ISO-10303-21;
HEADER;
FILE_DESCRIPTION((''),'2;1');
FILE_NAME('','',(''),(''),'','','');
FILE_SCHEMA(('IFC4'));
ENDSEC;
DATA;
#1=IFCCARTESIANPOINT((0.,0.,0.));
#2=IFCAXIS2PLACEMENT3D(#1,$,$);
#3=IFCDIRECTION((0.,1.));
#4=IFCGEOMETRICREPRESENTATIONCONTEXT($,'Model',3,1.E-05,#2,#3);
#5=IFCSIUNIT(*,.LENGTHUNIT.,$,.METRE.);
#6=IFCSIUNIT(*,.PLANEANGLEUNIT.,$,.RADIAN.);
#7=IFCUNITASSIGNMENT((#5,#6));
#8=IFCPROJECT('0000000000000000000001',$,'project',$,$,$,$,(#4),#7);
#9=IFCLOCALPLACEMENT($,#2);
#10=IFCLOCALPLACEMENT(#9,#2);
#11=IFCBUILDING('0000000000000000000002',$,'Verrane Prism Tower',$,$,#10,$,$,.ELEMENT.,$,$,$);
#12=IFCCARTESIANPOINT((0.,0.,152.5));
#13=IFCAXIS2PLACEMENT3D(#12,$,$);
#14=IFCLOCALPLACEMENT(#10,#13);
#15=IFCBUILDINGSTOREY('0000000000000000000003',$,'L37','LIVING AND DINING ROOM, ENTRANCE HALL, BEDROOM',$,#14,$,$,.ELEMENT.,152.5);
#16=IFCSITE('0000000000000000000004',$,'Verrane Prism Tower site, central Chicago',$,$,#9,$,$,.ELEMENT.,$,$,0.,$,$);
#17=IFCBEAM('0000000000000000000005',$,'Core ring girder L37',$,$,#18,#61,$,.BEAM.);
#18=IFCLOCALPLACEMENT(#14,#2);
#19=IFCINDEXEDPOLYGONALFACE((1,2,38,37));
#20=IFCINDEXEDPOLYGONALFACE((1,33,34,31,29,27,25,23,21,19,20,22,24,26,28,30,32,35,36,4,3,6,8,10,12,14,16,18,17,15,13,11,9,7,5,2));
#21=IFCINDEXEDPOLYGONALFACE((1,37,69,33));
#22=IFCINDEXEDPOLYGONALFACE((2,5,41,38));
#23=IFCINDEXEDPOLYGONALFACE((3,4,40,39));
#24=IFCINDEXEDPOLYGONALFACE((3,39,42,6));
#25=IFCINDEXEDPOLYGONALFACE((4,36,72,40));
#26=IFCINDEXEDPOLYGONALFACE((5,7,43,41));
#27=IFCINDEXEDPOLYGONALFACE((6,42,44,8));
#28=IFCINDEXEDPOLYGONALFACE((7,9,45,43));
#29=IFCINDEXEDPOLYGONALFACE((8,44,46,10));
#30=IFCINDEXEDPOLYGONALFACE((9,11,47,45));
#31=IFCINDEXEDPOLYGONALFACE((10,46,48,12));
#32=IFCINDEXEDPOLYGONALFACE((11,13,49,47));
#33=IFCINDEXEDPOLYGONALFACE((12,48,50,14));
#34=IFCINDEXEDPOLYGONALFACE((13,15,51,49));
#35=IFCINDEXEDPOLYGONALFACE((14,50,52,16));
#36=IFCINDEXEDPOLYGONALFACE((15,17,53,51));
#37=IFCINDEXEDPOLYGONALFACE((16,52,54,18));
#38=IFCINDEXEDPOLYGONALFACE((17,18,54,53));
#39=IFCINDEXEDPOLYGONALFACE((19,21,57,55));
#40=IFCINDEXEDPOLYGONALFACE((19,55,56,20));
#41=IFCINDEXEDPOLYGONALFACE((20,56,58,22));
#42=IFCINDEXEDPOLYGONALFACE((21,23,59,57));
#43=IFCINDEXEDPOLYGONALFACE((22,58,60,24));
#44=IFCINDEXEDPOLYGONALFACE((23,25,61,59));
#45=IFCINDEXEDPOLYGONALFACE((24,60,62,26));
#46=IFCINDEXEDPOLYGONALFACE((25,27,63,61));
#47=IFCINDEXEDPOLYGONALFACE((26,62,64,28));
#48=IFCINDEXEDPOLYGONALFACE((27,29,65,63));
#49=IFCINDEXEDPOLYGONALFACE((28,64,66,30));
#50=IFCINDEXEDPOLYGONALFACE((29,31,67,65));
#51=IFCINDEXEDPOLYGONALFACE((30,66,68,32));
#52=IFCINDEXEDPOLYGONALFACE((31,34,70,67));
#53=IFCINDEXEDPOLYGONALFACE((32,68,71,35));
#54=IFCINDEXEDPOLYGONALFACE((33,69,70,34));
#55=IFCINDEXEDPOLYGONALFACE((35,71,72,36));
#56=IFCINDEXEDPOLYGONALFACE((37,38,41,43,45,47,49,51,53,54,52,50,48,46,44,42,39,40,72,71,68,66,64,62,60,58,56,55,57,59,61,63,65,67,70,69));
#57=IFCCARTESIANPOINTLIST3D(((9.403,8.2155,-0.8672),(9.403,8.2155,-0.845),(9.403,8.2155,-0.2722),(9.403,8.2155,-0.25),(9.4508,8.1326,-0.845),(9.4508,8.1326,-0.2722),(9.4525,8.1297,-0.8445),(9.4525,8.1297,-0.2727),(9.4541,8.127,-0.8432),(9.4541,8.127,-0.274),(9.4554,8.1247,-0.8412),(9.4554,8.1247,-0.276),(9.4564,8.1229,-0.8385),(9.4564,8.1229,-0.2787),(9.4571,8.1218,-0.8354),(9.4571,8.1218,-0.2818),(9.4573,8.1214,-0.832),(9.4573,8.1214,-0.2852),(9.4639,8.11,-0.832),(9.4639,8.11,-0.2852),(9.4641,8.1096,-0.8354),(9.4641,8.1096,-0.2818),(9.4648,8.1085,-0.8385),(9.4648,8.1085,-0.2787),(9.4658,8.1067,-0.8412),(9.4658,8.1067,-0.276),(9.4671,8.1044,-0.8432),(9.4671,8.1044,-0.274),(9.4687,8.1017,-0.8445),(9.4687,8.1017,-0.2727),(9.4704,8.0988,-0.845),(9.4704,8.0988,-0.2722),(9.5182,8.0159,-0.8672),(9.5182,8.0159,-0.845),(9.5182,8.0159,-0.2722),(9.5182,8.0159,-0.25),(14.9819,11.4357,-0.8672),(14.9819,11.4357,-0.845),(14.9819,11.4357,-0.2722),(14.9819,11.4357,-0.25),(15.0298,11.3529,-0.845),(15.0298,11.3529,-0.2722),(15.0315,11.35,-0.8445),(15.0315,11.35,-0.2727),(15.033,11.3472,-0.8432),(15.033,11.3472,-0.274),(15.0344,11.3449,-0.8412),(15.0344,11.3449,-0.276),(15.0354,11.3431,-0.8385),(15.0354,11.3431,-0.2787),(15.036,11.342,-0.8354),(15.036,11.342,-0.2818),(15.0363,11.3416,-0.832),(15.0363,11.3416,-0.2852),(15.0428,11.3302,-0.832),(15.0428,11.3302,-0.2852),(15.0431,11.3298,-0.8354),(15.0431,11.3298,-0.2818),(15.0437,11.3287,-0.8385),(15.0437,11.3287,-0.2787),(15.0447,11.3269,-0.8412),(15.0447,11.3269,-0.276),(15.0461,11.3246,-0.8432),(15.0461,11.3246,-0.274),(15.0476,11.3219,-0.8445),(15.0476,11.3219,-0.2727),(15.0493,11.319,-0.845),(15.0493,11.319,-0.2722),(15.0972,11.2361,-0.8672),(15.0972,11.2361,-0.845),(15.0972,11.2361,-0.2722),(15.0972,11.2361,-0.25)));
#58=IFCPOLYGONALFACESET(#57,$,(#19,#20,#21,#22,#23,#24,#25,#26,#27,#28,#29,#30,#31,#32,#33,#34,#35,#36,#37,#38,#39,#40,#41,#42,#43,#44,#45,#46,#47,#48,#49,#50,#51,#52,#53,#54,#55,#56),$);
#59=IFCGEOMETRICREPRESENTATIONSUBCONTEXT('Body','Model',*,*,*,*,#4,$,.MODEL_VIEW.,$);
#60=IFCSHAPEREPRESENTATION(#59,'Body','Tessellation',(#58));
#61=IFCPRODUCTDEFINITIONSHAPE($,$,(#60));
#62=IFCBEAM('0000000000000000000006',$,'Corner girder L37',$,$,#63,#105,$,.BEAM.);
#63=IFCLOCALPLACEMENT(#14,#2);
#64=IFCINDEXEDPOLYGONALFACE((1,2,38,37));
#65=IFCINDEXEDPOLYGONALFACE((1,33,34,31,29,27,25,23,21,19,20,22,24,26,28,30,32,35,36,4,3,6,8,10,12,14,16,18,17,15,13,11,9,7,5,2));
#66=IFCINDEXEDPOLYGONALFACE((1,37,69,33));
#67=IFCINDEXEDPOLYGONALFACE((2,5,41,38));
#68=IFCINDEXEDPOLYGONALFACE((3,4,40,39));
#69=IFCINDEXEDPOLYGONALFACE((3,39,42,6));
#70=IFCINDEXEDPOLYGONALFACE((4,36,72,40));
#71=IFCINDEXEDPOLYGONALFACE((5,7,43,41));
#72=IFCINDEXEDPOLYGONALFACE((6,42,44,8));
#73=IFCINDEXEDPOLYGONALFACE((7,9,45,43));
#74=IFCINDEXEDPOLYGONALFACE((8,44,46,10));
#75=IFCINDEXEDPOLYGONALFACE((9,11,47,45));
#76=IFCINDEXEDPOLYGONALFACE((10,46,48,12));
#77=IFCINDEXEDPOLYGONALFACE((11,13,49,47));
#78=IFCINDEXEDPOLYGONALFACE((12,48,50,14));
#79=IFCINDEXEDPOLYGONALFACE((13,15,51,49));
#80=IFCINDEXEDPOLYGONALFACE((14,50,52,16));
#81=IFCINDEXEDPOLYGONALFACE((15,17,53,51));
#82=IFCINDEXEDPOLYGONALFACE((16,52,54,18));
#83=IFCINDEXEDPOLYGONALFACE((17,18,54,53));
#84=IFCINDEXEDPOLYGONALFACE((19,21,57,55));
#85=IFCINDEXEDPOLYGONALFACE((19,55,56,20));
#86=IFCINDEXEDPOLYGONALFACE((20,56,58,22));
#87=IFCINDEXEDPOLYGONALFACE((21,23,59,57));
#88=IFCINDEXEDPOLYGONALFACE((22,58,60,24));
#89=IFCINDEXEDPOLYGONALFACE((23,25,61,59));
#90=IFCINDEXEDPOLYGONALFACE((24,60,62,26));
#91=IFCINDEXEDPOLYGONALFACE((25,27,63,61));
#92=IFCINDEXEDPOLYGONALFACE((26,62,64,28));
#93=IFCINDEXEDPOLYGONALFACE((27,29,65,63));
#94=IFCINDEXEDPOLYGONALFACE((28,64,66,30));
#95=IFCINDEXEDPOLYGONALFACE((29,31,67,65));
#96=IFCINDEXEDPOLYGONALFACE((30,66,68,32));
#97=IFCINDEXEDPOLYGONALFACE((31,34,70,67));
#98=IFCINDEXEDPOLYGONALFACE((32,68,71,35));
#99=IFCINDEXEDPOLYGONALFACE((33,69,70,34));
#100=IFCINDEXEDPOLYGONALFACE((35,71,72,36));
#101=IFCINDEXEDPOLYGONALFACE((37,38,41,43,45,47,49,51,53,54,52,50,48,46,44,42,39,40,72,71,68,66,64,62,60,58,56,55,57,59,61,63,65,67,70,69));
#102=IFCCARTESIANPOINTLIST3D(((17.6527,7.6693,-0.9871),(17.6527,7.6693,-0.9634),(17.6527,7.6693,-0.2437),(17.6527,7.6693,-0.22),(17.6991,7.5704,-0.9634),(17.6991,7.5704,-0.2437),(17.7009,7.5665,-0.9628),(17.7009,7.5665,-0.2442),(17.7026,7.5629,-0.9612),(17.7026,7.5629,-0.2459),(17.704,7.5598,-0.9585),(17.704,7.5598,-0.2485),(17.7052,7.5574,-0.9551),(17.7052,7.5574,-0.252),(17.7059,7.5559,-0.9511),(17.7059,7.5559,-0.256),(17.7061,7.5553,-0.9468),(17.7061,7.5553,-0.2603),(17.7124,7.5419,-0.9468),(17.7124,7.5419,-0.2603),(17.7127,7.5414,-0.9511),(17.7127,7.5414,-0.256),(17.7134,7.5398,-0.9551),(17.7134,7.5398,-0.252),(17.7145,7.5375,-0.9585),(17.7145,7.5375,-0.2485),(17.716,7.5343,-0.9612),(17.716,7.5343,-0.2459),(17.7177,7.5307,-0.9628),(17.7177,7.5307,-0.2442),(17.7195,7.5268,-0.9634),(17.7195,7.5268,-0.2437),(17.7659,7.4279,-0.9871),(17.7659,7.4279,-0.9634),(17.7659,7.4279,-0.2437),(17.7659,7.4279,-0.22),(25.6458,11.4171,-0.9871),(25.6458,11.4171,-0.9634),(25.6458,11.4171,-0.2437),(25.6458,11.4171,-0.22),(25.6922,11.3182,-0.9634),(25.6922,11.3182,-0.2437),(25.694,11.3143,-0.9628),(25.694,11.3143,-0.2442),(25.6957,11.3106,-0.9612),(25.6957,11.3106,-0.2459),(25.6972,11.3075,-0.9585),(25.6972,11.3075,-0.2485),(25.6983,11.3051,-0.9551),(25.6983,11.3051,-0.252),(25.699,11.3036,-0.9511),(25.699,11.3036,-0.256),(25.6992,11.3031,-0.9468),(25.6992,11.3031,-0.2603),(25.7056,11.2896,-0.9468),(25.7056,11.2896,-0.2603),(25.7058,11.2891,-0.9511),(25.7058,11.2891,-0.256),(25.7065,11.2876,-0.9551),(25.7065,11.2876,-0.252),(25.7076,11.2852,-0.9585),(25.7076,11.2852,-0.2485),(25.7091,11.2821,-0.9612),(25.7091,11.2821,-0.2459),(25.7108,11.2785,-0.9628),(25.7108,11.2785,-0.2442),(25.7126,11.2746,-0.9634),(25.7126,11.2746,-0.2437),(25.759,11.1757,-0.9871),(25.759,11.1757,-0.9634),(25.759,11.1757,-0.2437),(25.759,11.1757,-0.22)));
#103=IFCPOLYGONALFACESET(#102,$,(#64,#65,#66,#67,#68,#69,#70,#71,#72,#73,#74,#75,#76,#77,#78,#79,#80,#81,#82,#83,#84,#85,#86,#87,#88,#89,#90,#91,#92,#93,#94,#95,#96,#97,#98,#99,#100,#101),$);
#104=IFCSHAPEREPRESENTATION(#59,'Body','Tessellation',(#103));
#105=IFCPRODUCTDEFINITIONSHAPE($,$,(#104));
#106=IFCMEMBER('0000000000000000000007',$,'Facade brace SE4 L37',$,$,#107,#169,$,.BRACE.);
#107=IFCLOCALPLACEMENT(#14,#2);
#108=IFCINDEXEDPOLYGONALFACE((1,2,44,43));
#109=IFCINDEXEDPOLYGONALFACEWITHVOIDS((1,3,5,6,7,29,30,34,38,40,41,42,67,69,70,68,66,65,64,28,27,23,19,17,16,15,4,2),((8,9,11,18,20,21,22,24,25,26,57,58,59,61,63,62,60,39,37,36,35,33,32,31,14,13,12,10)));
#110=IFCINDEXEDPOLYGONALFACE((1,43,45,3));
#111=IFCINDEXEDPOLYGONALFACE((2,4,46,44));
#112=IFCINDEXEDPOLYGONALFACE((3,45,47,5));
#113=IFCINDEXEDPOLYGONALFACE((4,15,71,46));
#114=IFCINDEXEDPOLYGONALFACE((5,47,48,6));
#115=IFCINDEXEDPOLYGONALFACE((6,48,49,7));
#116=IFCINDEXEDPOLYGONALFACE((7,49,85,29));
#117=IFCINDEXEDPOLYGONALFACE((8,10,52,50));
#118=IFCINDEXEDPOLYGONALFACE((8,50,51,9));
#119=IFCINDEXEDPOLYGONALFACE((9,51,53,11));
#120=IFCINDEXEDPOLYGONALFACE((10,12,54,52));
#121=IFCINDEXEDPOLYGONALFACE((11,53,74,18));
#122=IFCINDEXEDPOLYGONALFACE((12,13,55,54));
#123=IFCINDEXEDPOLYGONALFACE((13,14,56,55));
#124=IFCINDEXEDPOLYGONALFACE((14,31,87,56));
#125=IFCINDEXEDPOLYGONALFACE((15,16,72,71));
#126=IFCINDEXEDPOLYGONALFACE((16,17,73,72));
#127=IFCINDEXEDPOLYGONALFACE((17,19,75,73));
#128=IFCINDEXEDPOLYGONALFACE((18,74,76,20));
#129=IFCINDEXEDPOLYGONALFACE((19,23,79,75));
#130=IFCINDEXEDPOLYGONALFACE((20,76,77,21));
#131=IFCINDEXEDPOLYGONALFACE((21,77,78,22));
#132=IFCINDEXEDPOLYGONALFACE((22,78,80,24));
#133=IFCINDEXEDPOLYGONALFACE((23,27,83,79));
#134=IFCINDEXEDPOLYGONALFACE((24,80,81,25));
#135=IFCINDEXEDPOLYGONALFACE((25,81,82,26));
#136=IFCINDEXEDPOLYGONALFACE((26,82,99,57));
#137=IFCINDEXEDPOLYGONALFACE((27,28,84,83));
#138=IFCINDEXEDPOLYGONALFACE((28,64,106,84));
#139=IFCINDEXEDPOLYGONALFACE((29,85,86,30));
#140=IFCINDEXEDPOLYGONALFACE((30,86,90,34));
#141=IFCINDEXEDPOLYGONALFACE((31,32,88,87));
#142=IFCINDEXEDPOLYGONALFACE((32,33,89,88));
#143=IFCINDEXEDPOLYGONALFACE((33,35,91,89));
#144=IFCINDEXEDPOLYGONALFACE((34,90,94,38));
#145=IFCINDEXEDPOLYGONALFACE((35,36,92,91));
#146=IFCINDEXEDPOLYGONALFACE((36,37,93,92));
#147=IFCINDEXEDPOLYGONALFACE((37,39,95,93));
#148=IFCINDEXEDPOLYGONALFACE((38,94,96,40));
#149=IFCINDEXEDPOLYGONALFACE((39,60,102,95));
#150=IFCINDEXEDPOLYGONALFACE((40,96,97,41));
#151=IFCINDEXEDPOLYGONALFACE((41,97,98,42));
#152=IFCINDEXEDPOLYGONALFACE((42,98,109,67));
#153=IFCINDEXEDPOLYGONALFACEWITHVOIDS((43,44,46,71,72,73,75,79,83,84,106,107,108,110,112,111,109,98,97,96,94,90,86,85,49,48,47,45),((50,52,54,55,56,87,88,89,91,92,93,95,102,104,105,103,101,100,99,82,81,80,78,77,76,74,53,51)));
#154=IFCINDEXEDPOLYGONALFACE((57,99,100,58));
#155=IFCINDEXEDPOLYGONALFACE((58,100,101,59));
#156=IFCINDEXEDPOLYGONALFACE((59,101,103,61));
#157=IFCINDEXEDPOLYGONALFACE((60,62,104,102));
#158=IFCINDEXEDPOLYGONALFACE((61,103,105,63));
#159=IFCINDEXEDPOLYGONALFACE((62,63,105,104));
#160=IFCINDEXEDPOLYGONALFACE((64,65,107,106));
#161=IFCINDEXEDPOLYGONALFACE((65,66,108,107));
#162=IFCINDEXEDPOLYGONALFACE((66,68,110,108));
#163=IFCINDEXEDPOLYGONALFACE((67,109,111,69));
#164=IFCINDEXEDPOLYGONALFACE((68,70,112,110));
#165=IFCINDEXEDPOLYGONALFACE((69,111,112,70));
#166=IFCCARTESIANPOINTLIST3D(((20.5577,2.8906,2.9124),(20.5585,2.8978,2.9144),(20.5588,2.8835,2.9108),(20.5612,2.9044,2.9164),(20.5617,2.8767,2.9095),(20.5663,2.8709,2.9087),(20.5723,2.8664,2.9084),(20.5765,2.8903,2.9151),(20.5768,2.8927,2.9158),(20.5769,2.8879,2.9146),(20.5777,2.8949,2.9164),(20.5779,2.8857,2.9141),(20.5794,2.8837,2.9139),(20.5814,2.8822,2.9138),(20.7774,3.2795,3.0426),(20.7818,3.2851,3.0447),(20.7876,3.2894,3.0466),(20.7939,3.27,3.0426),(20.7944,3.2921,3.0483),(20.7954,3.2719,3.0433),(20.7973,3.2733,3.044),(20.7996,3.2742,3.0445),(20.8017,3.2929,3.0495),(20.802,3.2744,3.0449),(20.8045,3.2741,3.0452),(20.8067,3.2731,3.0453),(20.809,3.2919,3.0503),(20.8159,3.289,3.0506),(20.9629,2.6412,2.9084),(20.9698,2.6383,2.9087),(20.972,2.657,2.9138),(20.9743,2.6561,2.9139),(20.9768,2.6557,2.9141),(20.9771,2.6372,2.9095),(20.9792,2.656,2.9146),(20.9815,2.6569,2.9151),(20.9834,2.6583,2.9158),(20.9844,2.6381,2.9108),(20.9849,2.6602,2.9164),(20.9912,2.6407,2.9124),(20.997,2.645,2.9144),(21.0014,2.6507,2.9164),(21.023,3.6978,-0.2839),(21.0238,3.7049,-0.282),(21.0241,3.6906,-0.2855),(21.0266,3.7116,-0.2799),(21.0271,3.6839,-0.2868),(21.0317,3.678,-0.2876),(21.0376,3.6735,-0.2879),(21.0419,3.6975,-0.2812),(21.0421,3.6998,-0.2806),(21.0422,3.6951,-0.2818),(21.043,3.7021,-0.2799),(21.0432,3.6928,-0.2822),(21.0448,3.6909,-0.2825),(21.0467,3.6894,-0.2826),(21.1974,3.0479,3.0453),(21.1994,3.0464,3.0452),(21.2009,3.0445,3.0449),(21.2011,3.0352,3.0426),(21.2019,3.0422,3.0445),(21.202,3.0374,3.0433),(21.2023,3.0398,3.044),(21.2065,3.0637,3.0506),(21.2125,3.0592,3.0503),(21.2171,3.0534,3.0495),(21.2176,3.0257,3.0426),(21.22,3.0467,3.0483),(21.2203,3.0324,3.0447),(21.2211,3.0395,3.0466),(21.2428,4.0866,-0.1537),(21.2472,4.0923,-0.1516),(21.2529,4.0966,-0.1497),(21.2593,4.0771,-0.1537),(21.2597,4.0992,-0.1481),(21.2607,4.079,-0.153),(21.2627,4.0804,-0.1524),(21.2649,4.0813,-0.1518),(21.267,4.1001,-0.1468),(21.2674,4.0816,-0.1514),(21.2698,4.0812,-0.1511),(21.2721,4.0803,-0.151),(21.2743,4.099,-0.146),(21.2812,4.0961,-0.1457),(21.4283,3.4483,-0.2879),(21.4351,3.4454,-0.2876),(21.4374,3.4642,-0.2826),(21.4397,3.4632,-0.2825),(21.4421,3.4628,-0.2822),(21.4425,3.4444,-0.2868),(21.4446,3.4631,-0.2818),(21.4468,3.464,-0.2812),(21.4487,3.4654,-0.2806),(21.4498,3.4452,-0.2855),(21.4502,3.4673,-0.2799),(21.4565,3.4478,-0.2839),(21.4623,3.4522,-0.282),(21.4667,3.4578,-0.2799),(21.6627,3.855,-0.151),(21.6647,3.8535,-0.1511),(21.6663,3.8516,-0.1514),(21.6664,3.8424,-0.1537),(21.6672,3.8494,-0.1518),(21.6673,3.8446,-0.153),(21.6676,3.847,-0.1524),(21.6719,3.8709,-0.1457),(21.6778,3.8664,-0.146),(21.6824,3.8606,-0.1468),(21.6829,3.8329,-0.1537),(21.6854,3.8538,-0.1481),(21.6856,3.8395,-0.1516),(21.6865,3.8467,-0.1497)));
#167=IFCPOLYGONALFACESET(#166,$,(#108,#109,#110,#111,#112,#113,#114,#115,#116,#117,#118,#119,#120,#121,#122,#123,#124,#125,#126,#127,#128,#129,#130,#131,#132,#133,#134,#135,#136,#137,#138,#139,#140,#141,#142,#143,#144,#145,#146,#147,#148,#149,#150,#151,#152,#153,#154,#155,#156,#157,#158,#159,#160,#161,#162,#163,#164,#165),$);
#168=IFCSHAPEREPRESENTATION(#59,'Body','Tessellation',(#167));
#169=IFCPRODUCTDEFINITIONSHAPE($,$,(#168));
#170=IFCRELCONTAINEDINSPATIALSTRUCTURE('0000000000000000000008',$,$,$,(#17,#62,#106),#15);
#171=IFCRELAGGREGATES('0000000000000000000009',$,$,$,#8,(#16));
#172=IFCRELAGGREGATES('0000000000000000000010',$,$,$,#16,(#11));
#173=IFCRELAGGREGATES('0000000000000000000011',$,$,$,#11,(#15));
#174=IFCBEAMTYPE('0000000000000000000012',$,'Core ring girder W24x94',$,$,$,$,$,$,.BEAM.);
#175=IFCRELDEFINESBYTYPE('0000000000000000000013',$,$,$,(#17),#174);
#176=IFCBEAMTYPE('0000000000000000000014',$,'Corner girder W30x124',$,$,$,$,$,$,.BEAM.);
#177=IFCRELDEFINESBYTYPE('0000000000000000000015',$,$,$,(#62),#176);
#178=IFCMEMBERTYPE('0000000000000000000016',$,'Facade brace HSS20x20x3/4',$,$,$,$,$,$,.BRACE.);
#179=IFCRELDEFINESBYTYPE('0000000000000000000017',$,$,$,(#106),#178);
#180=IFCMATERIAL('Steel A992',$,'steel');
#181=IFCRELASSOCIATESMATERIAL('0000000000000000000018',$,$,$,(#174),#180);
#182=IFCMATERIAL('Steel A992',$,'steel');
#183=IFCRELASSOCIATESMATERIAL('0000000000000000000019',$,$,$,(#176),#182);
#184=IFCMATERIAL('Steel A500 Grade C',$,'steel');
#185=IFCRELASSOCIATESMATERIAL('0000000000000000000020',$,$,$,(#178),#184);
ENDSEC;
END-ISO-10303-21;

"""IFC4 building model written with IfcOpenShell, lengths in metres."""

from ifc_helpers import new_model, si_unit, direction, frame, origin, origin_2d, place, context, subcontext, project, spatial, hollow_rectangle, i_section, extrude, material, material_profile, profile_set, type_object, element, save


model = new_model("IFC4")

# Units and contexts
model_context = context("Model", 3, precision=1e-05, world=origin(), true_north=direction((0.0, 1.0)))
body_context = subcontext(model_context, "Body", "Model", "MODEL_VIEW")
ifc_project = project(units=[si_unit("LENGTHUNIT", "METRE"), si_unit("PLANEANGLEUNIT", "RADIAN")], contexts=[model_context])

# Site, building, storey
site_placement = place(None, origin())
site = spatial("IfcSite", under=ifc_project, at=site_placement, Name="Verrane Prism Tower site, central Chicago", CompositionType="ELEMENT", RefElevation=0.0)
building_placement = place(site_placement, origin())
building = spatial("IfcBuilding", under=site, at=building_placement, Name="Verrane Prism Tower", CompositionType="ELEMENT")
storey_placement = place(building_placement, frame((0.0, 0.0, 152.5)))
storey = spatial("IfcBuildingStorey", under=building, at=storey_placement, Name="L37", Description="LIVING AND DINING ROOM, ENTRANCE HALL, BEDROOM", CompositionType="ELEMENT", Elevation=152.5)

# Beams
ifc_material_1 = material(Name="Steel A992", Category="steel")
ifc_material_profile_1 = material_profile(ifc_material_1, i_section(OverallWidth=0.2305, OverallDepth=0.6172, WebThickness=0.0132, FlangeThickness=0.0222, FilletRadius=0.0129, at=origin_2d()), Name="W24x94")
ifc_profile_set_1 = profile_set([ifc_material_profile_1], Name="Steel A992")
beam_type_1 = type_object("IfcBeamType", Name="Core ring girder W24x94", PredefinedType="BEAM", material=ifc_profile_set_1)
beam_1_placement = place(storey_placement, frame((15.0396, 11.3359, -0.5586), z_axis=(-0.866075, -0.499914, 0.0), x_axis=(0.499914, -0.866075, 0.0)))
element("IfcBeam", 1, at=beam_1_placement, inside=storey, type_object=beam_type_1, Name="Core ring girder L37", PredefinedType="BEAM", context=body_context, shape_type="SweptSolid", body=[
    extrude(i_section(OverallWidth=0.2305, OverallDepth=0.6172, WebThickness=0.0132, FlangeThickness=0.0222, FilletRadius=0.0129, at=origin_2d()), origin(), (0.0, 0.0, 1.0), 6.4417),
])
ifc_material_2 = material(Name="Steel A992", Category="steel")
ifc_material_profile_2 = material_profile(ifc_material_2, i_section(OverallWidth=0.2666, OverallDepth=0.7671, WebThickness=0.0149, FlangeThickness=0.0237, FilletRadius=0.0166, at=origin_2d()), Name="W30x124")
ifc_profile_set_2 = profile_set([ifc_material_profile_2], Name="Steel A992")
beam_type_2 = type_object("IfcBeamType", Name="Corner girder W30x124", PredefinedType="BEAM", material=ifc_profile_set_2)
beam_2_placement = place(storey_placement, frame((25.7024, 11.2964, -0.6035), z_axis=(-0.905415, -0.424527, 0.0), x_axis=(0.424527, -0.905415, 0.0)))
element("IfcBeam", 2, at=beam_2_placement, inside=storey, type_object=beam_type_2, Name="Corner girder L37", PredefinedType="BEAM", context=body_context, shape_type="SweptSolid", body=[
    extrude(i_section(OverallWidth=0.2666, OverallDepth=0.7671, WebThickness=0.0149, FlangeThickness=0.0237, FilletRadius=0.0166, at=origin_2d()), origin(), (0.0, 0.0, 1.0), 8.8281),
])

# Member
ifc_material_3 = material(Name="Steel A500 Grade C", Category="steel")
ifc_material_profile_3 = material_profile(ifc_material_3, hollow_rectangle(XDim=0.5081, YDim=0.5081, WallThickness=0.019, InnerFilletRadius=0.0095, OuterFilletRadius=0.0286, at=origin_2d()), Name="HSS20x20x3/4")
ifc_profile_set_3 = profile_set([ifc_material_profile_3], Name="Steel A500 Grade C")
member_type_1 = type_object("IfcMemberType", Name="Facade brace HSS20x20x3/4", PredefinedType="BRACE", material=ifc_profile_set_3)
member_1_placement = place(storey_placement, frame((21.3547, 3.7722, -0.2168), z_axis=(-0.139769, -0.242432, 0.960048), x_axis=(0.866334, -0.499465, 0.0)))
element("IfcMember", 3, at=member_1_placement, inside=storey, type_object=member_type_1, Name="Facade brace SE4 L37", PredefinedType="BRACE", context=body_context, shape_type="SweptSolid", body=[
    extrude(hollow_rectangle(XDim=0.5081, YDim=0.5081, WallThickness=0.019, InnerFilletRadius=0.0095, OuterFilletRadius=0.0286, at=origin_2d()), origin(), (0.0, 0.0, 1.0), 3.3293),
])

save(model, "model.ifc")
